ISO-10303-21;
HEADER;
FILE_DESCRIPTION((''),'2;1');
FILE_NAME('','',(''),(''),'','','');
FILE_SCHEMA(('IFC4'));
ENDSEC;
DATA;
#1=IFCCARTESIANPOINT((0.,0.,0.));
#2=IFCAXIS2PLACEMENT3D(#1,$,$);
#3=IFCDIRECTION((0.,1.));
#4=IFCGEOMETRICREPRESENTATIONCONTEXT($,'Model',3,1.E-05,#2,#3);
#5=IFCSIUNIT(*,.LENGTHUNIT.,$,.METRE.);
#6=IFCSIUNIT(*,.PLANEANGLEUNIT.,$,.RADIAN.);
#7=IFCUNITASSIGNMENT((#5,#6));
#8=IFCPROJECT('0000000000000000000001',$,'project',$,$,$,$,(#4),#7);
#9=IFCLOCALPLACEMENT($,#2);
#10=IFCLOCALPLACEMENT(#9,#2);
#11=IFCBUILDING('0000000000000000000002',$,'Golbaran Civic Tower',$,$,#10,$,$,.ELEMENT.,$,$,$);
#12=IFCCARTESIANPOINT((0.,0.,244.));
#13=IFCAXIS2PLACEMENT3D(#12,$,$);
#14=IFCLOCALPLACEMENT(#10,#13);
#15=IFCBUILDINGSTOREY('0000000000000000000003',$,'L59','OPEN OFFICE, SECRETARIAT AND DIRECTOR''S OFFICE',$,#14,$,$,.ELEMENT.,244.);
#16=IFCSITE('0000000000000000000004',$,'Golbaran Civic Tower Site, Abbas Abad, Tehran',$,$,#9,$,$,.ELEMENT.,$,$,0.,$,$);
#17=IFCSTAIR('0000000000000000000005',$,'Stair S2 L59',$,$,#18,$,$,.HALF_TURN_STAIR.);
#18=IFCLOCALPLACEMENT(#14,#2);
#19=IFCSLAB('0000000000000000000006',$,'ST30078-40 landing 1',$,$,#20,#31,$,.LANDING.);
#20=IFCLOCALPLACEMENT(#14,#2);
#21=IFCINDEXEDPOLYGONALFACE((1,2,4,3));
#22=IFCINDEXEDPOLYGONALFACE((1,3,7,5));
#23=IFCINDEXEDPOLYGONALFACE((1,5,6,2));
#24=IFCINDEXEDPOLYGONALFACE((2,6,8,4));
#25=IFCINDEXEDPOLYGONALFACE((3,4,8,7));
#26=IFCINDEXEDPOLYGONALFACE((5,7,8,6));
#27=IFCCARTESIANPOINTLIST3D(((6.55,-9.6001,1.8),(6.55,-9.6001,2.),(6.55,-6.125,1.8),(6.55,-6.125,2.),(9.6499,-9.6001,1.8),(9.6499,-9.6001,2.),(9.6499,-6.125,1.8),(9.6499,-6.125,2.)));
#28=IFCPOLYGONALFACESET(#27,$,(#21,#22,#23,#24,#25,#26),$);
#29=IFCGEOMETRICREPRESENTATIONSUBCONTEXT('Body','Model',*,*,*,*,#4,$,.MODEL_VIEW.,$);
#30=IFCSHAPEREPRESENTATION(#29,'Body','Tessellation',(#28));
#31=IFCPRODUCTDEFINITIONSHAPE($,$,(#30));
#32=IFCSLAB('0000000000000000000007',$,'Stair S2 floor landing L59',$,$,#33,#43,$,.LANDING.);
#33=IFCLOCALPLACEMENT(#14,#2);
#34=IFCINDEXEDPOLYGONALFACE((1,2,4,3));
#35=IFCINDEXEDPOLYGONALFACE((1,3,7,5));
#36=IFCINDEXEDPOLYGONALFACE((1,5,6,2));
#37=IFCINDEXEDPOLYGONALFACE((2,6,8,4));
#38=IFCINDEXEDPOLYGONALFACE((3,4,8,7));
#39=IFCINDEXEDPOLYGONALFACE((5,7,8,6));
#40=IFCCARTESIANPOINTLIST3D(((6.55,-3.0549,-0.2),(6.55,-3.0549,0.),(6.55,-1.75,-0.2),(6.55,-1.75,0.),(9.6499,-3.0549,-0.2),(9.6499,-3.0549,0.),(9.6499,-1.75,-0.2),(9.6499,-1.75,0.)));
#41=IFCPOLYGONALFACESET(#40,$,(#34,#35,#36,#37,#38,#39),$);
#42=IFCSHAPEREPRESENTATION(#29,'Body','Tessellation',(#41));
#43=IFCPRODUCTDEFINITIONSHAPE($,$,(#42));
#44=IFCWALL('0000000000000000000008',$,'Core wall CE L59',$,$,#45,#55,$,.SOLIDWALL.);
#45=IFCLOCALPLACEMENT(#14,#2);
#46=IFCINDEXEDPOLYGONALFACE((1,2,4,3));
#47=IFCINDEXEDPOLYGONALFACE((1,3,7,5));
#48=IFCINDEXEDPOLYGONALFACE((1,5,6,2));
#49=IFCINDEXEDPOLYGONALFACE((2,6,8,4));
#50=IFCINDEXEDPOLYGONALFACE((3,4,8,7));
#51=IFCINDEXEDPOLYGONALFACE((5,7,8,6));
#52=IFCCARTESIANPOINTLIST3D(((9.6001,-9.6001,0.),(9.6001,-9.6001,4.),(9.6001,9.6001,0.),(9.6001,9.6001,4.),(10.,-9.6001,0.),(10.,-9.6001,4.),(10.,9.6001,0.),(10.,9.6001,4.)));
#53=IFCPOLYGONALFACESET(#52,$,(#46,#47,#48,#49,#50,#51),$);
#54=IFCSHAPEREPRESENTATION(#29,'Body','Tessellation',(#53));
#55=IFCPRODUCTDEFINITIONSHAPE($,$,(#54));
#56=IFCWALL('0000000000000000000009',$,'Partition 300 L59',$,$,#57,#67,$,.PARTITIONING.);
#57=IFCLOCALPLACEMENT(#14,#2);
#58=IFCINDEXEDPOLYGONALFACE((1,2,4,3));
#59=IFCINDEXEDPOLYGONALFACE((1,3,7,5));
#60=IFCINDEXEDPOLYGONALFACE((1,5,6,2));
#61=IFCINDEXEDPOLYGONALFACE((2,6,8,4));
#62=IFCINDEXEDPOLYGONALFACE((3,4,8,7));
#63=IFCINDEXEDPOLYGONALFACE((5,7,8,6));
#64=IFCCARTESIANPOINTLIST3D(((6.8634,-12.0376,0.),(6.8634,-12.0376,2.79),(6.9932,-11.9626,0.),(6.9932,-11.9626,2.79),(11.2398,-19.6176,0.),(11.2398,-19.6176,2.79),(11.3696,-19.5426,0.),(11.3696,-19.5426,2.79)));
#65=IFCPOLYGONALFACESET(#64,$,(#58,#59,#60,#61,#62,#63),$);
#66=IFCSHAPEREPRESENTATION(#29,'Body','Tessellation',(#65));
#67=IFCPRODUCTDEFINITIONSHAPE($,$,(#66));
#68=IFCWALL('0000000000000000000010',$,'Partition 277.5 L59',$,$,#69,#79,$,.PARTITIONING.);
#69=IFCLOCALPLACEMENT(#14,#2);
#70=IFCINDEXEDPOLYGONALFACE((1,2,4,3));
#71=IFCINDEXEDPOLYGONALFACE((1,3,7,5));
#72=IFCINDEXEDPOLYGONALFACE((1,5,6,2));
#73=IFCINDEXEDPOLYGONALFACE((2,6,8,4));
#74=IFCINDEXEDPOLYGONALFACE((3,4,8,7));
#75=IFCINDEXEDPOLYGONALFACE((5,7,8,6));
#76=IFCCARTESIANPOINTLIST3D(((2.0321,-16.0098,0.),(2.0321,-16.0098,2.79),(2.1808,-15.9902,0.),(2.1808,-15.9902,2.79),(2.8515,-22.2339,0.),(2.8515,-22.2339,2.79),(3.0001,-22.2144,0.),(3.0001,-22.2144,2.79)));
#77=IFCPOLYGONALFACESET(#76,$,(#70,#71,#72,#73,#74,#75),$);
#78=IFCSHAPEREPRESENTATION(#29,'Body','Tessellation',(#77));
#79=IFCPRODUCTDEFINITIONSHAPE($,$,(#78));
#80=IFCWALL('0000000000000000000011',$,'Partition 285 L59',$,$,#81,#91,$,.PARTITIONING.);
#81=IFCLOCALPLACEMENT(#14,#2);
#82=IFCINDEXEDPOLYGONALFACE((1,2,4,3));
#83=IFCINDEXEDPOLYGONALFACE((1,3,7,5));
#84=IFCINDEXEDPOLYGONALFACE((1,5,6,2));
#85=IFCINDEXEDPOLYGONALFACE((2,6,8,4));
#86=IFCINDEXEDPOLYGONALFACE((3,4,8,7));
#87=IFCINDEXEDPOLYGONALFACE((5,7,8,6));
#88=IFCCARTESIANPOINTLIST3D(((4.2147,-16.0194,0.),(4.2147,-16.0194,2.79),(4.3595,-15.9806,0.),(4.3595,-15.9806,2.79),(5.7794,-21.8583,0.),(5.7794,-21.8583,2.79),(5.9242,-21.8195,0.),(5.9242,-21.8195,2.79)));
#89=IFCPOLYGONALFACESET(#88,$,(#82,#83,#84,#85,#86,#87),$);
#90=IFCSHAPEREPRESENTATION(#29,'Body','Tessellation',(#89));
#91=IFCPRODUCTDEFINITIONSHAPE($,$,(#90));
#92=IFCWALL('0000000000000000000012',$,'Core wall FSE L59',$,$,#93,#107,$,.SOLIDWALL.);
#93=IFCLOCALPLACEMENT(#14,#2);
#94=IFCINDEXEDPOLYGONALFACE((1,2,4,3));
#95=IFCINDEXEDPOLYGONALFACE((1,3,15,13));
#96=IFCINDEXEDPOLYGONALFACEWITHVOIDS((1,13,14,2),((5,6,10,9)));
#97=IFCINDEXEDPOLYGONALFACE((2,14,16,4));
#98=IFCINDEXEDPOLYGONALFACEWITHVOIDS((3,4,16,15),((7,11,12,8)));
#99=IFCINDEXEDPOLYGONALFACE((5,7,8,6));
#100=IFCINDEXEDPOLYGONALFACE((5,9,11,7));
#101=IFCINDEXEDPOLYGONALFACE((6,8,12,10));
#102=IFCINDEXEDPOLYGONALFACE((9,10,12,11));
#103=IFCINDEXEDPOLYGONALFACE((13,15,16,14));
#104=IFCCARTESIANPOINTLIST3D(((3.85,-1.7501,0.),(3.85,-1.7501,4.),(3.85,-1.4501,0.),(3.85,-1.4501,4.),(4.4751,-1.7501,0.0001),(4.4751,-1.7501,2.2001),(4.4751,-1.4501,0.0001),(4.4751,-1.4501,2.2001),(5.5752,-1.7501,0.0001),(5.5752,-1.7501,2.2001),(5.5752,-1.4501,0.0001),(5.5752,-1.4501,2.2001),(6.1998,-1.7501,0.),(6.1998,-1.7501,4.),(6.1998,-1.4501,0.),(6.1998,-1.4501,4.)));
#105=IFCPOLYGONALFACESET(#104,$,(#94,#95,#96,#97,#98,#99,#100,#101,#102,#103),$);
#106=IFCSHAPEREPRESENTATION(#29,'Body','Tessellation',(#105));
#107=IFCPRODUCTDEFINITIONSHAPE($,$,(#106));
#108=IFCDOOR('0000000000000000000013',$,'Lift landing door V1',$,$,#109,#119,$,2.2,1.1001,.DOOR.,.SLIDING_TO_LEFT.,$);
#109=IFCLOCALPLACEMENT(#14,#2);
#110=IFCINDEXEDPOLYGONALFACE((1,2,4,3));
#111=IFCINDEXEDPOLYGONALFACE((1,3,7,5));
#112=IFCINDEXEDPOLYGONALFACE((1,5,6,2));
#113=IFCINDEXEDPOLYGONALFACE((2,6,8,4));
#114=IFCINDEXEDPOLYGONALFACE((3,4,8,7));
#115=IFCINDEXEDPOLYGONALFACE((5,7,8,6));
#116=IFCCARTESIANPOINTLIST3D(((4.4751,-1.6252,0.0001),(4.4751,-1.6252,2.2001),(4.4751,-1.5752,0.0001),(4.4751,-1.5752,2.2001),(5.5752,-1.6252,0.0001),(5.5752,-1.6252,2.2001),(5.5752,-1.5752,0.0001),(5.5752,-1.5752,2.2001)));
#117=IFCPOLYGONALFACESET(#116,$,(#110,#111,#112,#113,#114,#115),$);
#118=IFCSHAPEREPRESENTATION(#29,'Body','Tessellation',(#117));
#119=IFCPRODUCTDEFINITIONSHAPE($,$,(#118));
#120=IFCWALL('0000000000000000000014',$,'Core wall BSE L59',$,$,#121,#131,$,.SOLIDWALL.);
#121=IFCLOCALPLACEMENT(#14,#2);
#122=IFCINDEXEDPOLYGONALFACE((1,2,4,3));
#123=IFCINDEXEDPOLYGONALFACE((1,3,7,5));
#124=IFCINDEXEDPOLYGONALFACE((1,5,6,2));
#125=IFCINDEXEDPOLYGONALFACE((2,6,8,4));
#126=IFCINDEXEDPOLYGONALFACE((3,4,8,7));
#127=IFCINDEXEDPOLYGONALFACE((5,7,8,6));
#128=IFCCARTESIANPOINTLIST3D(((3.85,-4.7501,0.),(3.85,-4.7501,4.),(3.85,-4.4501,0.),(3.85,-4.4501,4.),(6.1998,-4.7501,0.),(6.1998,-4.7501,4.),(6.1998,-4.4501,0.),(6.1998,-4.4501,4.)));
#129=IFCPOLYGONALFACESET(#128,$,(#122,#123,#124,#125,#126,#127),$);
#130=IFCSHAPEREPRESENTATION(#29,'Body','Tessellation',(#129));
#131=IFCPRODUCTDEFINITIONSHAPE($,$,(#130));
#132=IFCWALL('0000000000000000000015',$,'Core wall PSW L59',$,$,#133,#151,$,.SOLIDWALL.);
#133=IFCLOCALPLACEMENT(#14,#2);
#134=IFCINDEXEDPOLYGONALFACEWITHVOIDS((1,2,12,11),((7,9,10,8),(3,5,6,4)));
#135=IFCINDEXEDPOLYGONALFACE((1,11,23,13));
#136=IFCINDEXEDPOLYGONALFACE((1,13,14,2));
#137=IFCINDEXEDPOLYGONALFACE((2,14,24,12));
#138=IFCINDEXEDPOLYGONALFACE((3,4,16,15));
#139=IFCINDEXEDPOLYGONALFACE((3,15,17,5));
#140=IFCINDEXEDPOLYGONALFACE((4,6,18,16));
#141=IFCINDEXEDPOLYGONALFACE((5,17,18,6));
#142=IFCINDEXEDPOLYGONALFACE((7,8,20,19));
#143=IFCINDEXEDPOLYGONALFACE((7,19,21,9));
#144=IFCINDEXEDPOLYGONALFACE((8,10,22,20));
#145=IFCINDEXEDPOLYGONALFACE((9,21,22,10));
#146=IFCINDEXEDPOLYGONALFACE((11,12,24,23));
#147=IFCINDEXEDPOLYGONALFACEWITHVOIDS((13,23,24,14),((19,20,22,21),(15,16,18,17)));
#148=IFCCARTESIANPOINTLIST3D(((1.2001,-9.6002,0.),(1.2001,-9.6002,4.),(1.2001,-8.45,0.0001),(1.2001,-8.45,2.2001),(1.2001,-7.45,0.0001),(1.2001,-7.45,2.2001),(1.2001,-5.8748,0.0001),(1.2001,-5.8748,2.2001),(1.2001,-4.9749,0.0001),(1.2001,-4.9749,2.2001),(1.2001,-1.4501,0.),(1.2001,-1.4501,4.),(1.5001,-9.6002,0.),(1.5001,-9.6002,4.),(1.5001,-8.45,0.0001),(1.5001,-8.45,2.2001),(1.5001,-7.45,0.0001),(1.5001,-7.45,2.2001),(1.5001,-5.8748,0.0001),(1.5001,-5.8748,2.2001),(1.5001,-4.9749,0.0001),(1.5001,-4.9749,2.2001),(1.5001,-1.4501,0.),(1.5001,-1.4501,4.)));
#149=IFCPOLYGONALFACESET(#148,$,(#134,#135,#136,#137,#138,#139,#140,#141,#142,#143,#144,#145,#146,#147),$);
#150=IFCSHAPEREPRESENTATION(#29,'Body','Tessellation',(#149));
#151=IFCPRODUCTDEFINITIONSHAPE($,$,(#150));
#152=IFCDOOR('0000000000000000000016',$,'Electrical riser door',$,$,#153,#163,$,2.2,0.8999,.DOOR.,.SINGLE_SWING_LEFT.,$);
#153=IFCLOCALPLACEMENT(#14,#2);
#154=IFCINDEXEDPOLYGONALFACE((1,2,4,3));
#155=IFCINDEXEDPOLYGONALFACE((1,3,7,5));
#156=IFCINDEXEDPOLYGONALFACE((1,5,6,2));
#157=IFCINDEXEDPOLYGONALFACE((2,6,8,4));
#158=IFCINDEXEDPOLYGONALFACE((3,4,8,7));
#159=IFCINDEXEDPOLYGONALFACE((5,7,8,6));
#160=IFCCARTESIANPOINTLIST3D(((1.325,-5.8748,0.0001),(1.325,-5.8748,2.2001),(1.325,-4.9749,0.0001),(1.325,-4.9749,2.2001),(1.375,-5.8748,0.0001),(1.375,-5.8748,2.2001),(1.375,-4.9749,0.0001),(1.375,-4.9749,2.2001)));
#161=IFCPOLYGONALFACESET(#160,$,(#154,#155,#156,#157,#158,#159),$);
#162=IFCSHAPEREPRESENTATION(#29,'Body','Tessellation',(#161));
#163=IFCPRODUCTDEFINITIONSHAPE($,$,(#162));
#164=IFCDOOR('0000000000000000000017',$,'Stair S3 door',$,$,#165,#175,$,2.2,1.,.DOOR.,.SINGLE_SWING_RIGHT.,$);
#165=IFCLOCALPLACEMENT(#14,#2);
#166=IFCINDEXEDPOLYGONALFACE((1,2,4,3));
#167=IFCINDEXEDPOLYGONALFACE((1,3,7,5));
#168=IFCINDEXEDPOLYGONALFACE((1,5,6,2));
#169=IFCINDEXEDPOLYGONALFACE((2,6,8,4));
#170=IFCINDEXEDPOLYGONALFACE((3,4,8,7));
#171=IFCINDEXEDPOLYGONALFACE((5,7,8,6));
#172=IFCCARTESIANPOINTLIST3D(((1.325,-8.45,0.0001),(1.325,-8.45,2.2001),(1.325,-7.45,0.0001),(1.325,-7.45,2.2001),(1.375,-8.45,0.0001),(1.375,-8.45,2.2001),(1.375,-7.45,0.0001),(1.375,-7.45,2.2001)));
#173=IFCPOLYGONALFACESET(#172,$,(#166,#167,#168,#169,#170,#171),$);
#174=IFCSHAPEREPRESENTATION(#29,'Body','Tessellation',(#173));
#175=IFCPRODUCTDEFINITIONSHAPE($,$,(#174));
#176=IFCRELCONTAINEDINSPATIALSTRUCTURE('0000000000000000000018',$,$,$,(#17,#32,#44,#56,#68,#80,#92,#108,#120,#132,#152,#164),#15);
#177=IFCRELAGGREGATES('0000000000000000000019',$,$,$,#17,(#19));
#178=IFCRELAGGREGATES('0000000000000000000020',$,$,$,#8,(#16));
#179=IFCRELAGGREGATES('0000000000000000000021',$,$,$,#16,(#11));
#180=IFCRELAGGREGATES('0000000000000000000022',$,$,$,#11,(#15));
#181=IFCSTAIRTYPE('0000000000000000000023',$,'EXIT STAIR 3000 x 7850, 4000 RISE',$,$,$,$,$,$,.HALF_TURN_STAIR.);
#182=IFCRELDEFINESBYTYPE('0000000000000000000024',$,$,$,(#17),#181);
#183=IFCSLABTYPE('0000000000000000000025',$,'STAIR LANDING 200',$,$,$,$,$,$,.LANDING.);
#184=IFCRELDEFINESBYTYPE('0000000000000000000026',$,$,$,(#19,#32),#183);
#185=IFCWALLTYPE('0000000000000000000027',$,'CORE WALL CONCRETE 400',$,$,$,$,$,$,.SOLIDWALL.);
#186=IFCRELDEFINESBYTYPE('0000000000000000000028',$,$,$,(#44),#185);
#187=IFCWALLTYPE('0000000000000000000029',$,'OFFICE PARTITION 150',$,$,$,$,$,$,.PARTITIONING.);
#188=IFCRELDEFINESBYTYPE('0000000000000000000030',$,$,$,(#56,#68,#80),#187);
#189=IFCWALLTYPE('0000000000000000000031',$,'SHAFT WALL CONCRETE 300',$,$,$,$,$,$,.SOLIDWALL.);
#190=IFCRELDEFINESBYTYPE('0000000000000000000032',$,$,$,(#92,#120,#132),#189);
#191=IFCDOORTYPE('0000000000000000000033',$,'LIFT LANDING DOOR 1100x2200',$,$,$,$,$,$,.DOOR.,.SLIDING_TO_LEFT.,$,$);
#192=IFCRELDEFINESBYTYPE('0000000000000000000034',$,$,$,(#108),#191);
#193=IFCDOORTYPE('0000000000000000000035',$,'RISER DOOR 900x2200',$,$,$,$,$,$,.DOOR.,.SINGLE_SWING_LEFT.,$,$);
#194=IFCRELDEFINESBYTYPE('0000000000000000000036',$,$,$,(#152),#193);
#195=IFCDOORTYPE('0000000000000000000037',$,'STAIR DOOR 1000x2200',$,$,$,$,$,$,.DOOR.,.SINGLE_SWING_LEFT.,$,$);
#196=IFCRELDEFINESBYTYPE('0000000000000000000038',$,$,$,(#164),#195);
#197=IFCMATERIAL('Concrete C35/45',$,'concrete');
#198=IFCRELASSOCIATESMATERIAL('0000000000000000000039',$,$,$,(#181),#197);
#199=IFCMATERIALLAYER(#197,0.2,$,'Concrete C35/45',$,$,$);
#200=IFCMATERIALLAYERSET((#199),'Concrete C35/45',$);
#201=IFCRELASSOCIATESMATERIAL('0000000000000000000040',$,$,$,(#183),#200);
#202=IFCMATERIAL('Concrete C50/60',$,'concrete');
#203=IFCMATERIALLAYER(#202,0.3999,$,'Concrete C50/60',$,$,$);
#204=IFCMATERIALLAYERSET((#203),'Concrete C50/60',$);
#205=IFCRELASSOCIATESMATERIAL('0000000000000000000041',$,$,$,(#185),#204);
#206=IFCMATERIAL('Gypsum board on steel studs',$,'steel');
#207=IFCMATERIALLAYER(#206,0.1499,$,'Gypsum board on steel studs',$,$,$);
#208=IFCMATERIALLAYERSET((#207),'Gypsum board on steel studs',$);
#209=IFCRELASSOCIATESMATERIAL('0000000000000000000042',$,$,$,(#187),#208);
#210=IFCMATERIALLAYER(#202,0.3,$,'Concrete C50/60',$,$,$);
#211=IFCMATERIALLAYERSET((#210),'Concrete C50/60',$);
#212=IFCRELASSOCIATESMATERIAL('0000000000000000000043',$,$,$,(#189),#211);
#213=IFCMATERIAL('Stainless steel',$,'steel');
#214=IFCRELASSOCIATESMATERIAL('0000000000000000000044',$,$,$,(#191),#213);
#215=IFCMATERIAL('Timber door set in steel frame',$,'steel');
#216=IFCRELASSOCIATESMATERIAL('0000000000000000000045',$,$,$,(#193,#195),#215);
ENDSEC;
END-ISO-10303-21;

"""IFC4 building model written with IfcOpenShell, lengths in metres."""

from ifc_helpers import new_model, si_unit, direction, frame, frame_2d, origin, place, context, subcontext, project, spatial, polyline, rectangle, outline, extrude, material, layer, layer_set, type_object, element, fill, aggregate, save


model = new_model("IFC4")

# Units and contexts
model_context = context("Model", 3, precision=1e-05, world=origin(), true_north=direction((0.0, 1.0)))
body_context = subcontext(model_context, "Body", "Model", "MODEL_VIEW")
ifc_project = project(units=[si_unit("LENGTHUNIT", "METRE"), si_unit("PLANEANGLEUNIT", "RADIAN")], contexts=[model_context])

# Site, building, storey
site_placement = place(None, origin())
site = spatial("IfcSite", under=ifc_project, at=site_placement, Name="Golbaran Civic Tower Site, Abbas Abad, Tehran", CompositionType="ELEMENT", RefElevation=0.0)
building_placement = place(site_placement, origin())
building = spatial("IfcBuilding", under=site, at=building_placement, Name="Golbaran Civic Tower", CompositionType="ELEMENT")
storey_placement = place(building_placement, frame((0.0, 0.0, 244.0)))
storey = spatial("IfcBuildingStorey", under=building, at=storey_placement, Name="L59", Description="OPEN OFFICE, SECRETARIAT AND DIRECTOR'S OFFICE", CompositionType="ELEMENT", Elevation=244.0)

# Stair, slab
ifc_material_1 = material(Name="Concrete C35/45", Category="concrete")
stair_type = type_object("IfcStairType", Name="EXIT STAIR 3000 x 7850, 4000 RISE", PredefinedType="HALF_TURN_STAIR", material=ifc_material_1)
stair_placement = place(storey_placement, origin())
stair = element("IfcStair", 1, at=stair_placement, inside=storey, type_object=stair_type, Name="Stair S2 L59", PredefinedType="HALF_TURN_STAIR")
ifc_layer_1 = layer(ifc_material_1, 0.2, Name="Concrete C35/45")
ifc_layer_set_1 = layer_set([ifc_layer_1], Name="Concrete C35/45")
slab_type = type_object("IfcSlabType", Name="STAIR LANDING 200", PredefinedType="LANDING", material=ifc_layer_set_1)
slab_1_placement = place(storey_placement, frame((0.0, 0.0, 1.8)))
slab_1 = element("IfcSlab", 2, at=slab_1_placement, type_object=slab_type, Name="ST30078-40 landing 1", PredefinedType="LANDING", context=body_context, shape_type="SweptSolid", body=[
    extrude(outline(polyline([(9.6499, -6.125), (9.6499, -9.6001), (6.55, -9.6001), (6.55, -6.125), (9.6499, -6.125)])), origin(), (0.0, 0.0, 1.0), 0.2),
])

# Slab
slab_2_placement = place(storey_placement, frame((0.0, 0.0, -0.2)))
element("IfcSlab", 3, at=slab_2_placement, inside=storey, type_object=slab_type, Name="Stair S2 floor landing L59", PredefinedType="LANDING", context=body_context, shape_type="SweptSolid", body=[
    extrude(outline(polyline([(9.6499, -1.75), (9.6499, -3.0549), (6.55, -3.0549), (6.55, -1.75), (9.6499, -1.75)])), origin(), (0.0, 0.0, 1.0), 0.2),
])

# Walls
ifc_material_2 = material(Name="Concrete C50/60", Category="concrete")
ifc_layer_2 = layer(ifc_material_2, 0.3999, Name="Concrete C50/60")
ifc_layer_set_2 = layer_set([ifc_layer_2], Name="Concrete C50/60")
wall_type_1 = type_object("IfcWallType", Name="CORE WALL CONCRETE 400", PredefinedType="SOLIDWALL", material=ifc_layer_set_2)
wall_1_placement = place(storey_placement, frame((9.8, -9.6001, 0.0), z_axis=(0.0, 0.0, 1.0), x_axis=(0.0, 1.0, 0.0)))
element("IfcWall", 4, at=wall_1_placement, inside=storey, type_object=wall_type_1, Name="Core wall CE L59", PredefinedType="SOLIDWALL", context=body_context, shape_type="SweptSolid", body=[
    extrude(rectangle(XDim=19.2002, YDim=0.3999, at=frame_2d((9.6001, 0.0))), origin(), (0.0, 0.0, 1.0), 4.0),
])
ifc_material_3 = material(Name="Gypsum board on steel studs", Category="steel")
ifc_layer_3 = layer(ifc_material_3, 0.1499, Name="Gypsum board on steel studs")
ifc_layer_set_3 = layer_set([ifc_layer_3], Name="Gypsum board on steel studs")
wall_type_2 = type_object("IfcWallType", Name="OFFICE PARTITION 150", PredefinedType="PARTITIONING", material=ifc_layer_set_3)
wall_2_placement = place(storey_placement, frame((6.9282, -12.0, 0.0), z_axis=(0.0, 0.0, 1.0), x_axis=(0.500009, -0.86602, 0.0)))
element("IfcWall", 5, at=wall_2_placement, inside=storey, type_object=wall_type_2, Name="Partition 300 L59", PredefinedType="PARTITIONING", context=body_context, shape_type="SweptSolid", body=[
    extrude(rectangle(XDim=8.7527, YDim=0.1499, at=frame_2d((4.3765, 0.0))), origin(), (0.0, 0.0, 1.0), 2.79),
])
wall_3_placement = place(storey_placement, frame((2.1064, -16.0, 0.0), z_axis=(0.0, 0.0, 1.0), x_axis=(0.130513, -0.991447, 0.0)))
element("IfcWall", 6, at=wall_3_placement, inside=storey, type_object=wall_type_2, Name="Partition 277.5 L59", PredefinedType="PARTITIONING", context=body_context, shape_type="SweptSolid", body=[
    extrude(rectangle(XDim=6.2778, YDim=0.1499, at=frame_2d((3.1389, 0.0))), origin(), (0.0, 0.0, 1.0), 2.79),
])
wall_4_placement = place(storey_placement, frame((4.2871, -16.0, 0.0), z_axis=(0.0, 0.0, 1.0), x_axis=(0.258846, -0.965918, 0.0)))
element("IfcWall", 7, at=wall_4_placement, inside=storey, type_object=wall_type_2, Name="Partition 285 L59", PredefinedType="PARTITIONING", context=body_context, shape_type="SweptSolid", body=[
    extrude(rectangle(XDim=6.0449, YDim=0.1499, at=frame_2d((3.0225, 0.0))), origin(), (0.0, 0.0, 1.0), 2.79),
])

# Wall, opening, door
ifc_layer_4 = layer(ifc_material_2, 0.3, Name="Concrete C50/60")
ifc_layer_set_4 = layer_set([ifc_layer_4], Name="Concrete C50/60")
wall_type_3 = type_object("IfcWallType", Name="SHAFT WALL CONCRETE 300", PredefinedType="SOLIDWALL", material=ifc_layer_set_4)
wall_5_placement = place(storey_placement, frame((3.8501, -1.6001, 0.0), z_axis=(0.0, 0.0, 1.0), x_axis=(1.0, 0.0, 0.0)))
wall_5 = element("IfcWall", 8, at=wall_5_placement, inside=storey, type_object=wall_type_3, Name="Core wall FSE L59", PredefinedType="SOLIDWALL", context=body_context, shape_type="SweptSolid", body=[
    extrude(rectangle(XDim=2.3499, YDim=0.3, at=frame_2d((1.1748, 0.0))), origin(), (0.0, 0.0, 1.0), 4.0),
])
opening_1_placement = place(wall_5_placement, frame((0.625, 0.0, 0.0)))
opening_1 = element("IfcOpeningElement", 9, at=opening_1_placement, cuts=wall_5, PredefinedType="OPENING", context=body_context, shape_type="SweptSolid", body=[
    extrude(rectangle(XDim=1.1001, YDim=2.2, at=frame_2d((0.55, 1.1001))), frame((0.0, 0.1599, 0.0), z_axis=(0.0, -1.0, 0.0), x_axis=(1.0, 0.0, 0.0)), (0.0, 0.0, 1.0), 0.3201),
])
ifc_material_4 = material(Name="Stainless steel", Category="steel")
door_type_1 = type_object("IfcDoorType", Name="LIFT LANDING DOOR 1100x2200", OperationType="SLIDING_TO_LEFT", PredefinedType="DOOR", material=ifc_material_4)
door_1_placement = place(opening_1_placement, origin())
door_1 = element("IfcDoor", 10, at=door_1_placement, inside=storey, type_object=door_type_1, Name="Lift landing door V1", OperationType="SLIDING_TO_LEFT", OverallHeight=2.2, OverallWidth=1.1001, PredefinedType="DOOR", context=body_context, shape_type="SweptSolid", body=[
    extrude(rectangle(XDim=1.1001, YDim=2.2, at=frame_2d((0.55, 1.1001))), frame((0.0, 0.0249, 0.0), z_axis=(0.0, -1.0, 0.0), x_axis=(1.0, 0.0, 0.0)), (0.0, 0.0, 1.0), 0.05),
])
fill(opening_1, door_1)

# Wall
wall_6_placement = place(storey_placement, frame((3.8501, -4.6001, 0.0), z_axis=(0.0, 0.0, 1.0), x_axis=(1.0, 0.0, 0.0)))
element("IfcWall", 11, at=wall_6_placement, inside=storey, type_object=wall_type_3, Name="Core wall BSE L59", PredefinedType="SOLIDWALL", context=body_context, shape_type="SweptSolid", body=[
    extrude(rectangle(XDim=2.3499, YDim=0.3, at=frame_2d((1.1748, 0.0))), origin(), (0.0, 0.0, 1.0), 4.0),
])

# Wall, openings, doors
wall_7_placement = place(storey_placement, frame((1.3501, -1.45, 0.0), z_axis=(0.0, 0.0, 1.0), x_axis=(0.0, -1.0, 0.0)))
wall_7 = element("IfcWall", 12, at=wall_7_placement, inside=storey, type_object=wall_type_3, Name="Core wall PSW L59", PredefinedType="SOLIDWALL", context=body_context, shape_type="SweptSolid", body=[
    extrude(rectangle(XDim=8.1501, YDim=0.3, at=frame_2d((4.0752, 0.0))), origin(), (0.0, 0.0, 1.0), 4.0),
])
opening_2_placement = place(wall_7_placement, frame((6.0, 0.0, 0.0)))
opening_2 = element("IfcOpeningElement", 13, at=opening_2_placement, cuts=wall_7, PredefinedType="OPENING", context=body_context, shape_type="SweptSolid", body=[
    extrude(rectangle(XDim=1.0, YDim=2.2, at=frame_2d((0.5, 1.1001))), frame((0.0, 0.1599, 0.0), z_axis=(0.0, -1.0, 0.0), x_axis=(1.0, 0.0, 0.0)), (0.0, 0.0, 1.0), 0.3201),
])
opening_3_placement = place(wall_7_placement, frame((3.5249, 0.0, 0.0)))
opening_3 = element("IfcOpeningElement", 14, at=opening_3_placement, cuts=wall_7, PredefinedType="OPENING", context=body_context, shape_type="SweptSolid", body=[
    extrude(rectangle(XDim=0.8999, YDim=2.2, at=frame_2d((0.45, 1.1001))), frame((0.0, 0.1599, 0.0), z_axis=(0.0, -1.0, 0.0), x_axis=(1.0, 0.0, 0.0)), (0.0, 0.0, 1.0), 0.3201),
])
ifc_material_5 = material(Name="Timber door set in steel frame", Category="steel")
door_type_2 = type_object("IfcDoorType", Name="RISER DOOR 900x2200", OperationType="SINGLE_SWING_LEFT", PredefinedType="DOOR", material=ifc_material_5)
door_2_placement = place(opening_3_placement, origin())
door_2 = element("IfcDoor", 15, at=door_2_placement, inside=storey, type_object=door_type_2, Name="Electrical riser door", OperationType="SINGLE_SWING_LEFT", OverallHeight=2.2, OverallWidth=0.8999, PredefinedType="DOOR", context=body_context, shape_type="SweptSolid", body=[
    extrude(rectangle(XDim=0.8999, YDim=2.2, at=frame_2d((0.45, 1.1001))), frame((0.0, 0.0249, 0.0), z_axis=(0.0, -1.0, 0.0), x_axis=(1.0, 0.0, 0.0)), (0.0, 0.0, 1.0), 0.05),
])
fill(opening_3, door_2)
door_type_3 = type_object("IfcDoorType", Name="STAIR DOOR 1000x2200", OperationType="SINGLE_SWING_LEFT", PredefinedType="DOOR", material=ifc_material_5)
door_3_placement = place(opening_2_placement, origin())
door_3 = element("IfcDoor", 16, at=door_3_placement, inside=storey, type_object=door_type_3, Name="Stair S3 door", OperationType="SINGLE_SWING_RIGHT", OverallHeight=2.2, OverallWidth=1.0, PredefinedType="DOOR", context=body_context, shape_type="SweptSolid", body=[
    extrude(rectangle(XDim=1.0, YDim=2.2, at=frame_2d((0.5, 1.1001))), frame((0.0, 0.0249, 0.0), z_axis=(0.0, -1.0, 0.0), x_axis=(1.0, 0.0, 0.0)), (0.0, 0.0, 1.0), 0.05),
])
fill(opening_2, door_3)

aggregate(stair, [slab_1])

save(model, "model.ifc")
